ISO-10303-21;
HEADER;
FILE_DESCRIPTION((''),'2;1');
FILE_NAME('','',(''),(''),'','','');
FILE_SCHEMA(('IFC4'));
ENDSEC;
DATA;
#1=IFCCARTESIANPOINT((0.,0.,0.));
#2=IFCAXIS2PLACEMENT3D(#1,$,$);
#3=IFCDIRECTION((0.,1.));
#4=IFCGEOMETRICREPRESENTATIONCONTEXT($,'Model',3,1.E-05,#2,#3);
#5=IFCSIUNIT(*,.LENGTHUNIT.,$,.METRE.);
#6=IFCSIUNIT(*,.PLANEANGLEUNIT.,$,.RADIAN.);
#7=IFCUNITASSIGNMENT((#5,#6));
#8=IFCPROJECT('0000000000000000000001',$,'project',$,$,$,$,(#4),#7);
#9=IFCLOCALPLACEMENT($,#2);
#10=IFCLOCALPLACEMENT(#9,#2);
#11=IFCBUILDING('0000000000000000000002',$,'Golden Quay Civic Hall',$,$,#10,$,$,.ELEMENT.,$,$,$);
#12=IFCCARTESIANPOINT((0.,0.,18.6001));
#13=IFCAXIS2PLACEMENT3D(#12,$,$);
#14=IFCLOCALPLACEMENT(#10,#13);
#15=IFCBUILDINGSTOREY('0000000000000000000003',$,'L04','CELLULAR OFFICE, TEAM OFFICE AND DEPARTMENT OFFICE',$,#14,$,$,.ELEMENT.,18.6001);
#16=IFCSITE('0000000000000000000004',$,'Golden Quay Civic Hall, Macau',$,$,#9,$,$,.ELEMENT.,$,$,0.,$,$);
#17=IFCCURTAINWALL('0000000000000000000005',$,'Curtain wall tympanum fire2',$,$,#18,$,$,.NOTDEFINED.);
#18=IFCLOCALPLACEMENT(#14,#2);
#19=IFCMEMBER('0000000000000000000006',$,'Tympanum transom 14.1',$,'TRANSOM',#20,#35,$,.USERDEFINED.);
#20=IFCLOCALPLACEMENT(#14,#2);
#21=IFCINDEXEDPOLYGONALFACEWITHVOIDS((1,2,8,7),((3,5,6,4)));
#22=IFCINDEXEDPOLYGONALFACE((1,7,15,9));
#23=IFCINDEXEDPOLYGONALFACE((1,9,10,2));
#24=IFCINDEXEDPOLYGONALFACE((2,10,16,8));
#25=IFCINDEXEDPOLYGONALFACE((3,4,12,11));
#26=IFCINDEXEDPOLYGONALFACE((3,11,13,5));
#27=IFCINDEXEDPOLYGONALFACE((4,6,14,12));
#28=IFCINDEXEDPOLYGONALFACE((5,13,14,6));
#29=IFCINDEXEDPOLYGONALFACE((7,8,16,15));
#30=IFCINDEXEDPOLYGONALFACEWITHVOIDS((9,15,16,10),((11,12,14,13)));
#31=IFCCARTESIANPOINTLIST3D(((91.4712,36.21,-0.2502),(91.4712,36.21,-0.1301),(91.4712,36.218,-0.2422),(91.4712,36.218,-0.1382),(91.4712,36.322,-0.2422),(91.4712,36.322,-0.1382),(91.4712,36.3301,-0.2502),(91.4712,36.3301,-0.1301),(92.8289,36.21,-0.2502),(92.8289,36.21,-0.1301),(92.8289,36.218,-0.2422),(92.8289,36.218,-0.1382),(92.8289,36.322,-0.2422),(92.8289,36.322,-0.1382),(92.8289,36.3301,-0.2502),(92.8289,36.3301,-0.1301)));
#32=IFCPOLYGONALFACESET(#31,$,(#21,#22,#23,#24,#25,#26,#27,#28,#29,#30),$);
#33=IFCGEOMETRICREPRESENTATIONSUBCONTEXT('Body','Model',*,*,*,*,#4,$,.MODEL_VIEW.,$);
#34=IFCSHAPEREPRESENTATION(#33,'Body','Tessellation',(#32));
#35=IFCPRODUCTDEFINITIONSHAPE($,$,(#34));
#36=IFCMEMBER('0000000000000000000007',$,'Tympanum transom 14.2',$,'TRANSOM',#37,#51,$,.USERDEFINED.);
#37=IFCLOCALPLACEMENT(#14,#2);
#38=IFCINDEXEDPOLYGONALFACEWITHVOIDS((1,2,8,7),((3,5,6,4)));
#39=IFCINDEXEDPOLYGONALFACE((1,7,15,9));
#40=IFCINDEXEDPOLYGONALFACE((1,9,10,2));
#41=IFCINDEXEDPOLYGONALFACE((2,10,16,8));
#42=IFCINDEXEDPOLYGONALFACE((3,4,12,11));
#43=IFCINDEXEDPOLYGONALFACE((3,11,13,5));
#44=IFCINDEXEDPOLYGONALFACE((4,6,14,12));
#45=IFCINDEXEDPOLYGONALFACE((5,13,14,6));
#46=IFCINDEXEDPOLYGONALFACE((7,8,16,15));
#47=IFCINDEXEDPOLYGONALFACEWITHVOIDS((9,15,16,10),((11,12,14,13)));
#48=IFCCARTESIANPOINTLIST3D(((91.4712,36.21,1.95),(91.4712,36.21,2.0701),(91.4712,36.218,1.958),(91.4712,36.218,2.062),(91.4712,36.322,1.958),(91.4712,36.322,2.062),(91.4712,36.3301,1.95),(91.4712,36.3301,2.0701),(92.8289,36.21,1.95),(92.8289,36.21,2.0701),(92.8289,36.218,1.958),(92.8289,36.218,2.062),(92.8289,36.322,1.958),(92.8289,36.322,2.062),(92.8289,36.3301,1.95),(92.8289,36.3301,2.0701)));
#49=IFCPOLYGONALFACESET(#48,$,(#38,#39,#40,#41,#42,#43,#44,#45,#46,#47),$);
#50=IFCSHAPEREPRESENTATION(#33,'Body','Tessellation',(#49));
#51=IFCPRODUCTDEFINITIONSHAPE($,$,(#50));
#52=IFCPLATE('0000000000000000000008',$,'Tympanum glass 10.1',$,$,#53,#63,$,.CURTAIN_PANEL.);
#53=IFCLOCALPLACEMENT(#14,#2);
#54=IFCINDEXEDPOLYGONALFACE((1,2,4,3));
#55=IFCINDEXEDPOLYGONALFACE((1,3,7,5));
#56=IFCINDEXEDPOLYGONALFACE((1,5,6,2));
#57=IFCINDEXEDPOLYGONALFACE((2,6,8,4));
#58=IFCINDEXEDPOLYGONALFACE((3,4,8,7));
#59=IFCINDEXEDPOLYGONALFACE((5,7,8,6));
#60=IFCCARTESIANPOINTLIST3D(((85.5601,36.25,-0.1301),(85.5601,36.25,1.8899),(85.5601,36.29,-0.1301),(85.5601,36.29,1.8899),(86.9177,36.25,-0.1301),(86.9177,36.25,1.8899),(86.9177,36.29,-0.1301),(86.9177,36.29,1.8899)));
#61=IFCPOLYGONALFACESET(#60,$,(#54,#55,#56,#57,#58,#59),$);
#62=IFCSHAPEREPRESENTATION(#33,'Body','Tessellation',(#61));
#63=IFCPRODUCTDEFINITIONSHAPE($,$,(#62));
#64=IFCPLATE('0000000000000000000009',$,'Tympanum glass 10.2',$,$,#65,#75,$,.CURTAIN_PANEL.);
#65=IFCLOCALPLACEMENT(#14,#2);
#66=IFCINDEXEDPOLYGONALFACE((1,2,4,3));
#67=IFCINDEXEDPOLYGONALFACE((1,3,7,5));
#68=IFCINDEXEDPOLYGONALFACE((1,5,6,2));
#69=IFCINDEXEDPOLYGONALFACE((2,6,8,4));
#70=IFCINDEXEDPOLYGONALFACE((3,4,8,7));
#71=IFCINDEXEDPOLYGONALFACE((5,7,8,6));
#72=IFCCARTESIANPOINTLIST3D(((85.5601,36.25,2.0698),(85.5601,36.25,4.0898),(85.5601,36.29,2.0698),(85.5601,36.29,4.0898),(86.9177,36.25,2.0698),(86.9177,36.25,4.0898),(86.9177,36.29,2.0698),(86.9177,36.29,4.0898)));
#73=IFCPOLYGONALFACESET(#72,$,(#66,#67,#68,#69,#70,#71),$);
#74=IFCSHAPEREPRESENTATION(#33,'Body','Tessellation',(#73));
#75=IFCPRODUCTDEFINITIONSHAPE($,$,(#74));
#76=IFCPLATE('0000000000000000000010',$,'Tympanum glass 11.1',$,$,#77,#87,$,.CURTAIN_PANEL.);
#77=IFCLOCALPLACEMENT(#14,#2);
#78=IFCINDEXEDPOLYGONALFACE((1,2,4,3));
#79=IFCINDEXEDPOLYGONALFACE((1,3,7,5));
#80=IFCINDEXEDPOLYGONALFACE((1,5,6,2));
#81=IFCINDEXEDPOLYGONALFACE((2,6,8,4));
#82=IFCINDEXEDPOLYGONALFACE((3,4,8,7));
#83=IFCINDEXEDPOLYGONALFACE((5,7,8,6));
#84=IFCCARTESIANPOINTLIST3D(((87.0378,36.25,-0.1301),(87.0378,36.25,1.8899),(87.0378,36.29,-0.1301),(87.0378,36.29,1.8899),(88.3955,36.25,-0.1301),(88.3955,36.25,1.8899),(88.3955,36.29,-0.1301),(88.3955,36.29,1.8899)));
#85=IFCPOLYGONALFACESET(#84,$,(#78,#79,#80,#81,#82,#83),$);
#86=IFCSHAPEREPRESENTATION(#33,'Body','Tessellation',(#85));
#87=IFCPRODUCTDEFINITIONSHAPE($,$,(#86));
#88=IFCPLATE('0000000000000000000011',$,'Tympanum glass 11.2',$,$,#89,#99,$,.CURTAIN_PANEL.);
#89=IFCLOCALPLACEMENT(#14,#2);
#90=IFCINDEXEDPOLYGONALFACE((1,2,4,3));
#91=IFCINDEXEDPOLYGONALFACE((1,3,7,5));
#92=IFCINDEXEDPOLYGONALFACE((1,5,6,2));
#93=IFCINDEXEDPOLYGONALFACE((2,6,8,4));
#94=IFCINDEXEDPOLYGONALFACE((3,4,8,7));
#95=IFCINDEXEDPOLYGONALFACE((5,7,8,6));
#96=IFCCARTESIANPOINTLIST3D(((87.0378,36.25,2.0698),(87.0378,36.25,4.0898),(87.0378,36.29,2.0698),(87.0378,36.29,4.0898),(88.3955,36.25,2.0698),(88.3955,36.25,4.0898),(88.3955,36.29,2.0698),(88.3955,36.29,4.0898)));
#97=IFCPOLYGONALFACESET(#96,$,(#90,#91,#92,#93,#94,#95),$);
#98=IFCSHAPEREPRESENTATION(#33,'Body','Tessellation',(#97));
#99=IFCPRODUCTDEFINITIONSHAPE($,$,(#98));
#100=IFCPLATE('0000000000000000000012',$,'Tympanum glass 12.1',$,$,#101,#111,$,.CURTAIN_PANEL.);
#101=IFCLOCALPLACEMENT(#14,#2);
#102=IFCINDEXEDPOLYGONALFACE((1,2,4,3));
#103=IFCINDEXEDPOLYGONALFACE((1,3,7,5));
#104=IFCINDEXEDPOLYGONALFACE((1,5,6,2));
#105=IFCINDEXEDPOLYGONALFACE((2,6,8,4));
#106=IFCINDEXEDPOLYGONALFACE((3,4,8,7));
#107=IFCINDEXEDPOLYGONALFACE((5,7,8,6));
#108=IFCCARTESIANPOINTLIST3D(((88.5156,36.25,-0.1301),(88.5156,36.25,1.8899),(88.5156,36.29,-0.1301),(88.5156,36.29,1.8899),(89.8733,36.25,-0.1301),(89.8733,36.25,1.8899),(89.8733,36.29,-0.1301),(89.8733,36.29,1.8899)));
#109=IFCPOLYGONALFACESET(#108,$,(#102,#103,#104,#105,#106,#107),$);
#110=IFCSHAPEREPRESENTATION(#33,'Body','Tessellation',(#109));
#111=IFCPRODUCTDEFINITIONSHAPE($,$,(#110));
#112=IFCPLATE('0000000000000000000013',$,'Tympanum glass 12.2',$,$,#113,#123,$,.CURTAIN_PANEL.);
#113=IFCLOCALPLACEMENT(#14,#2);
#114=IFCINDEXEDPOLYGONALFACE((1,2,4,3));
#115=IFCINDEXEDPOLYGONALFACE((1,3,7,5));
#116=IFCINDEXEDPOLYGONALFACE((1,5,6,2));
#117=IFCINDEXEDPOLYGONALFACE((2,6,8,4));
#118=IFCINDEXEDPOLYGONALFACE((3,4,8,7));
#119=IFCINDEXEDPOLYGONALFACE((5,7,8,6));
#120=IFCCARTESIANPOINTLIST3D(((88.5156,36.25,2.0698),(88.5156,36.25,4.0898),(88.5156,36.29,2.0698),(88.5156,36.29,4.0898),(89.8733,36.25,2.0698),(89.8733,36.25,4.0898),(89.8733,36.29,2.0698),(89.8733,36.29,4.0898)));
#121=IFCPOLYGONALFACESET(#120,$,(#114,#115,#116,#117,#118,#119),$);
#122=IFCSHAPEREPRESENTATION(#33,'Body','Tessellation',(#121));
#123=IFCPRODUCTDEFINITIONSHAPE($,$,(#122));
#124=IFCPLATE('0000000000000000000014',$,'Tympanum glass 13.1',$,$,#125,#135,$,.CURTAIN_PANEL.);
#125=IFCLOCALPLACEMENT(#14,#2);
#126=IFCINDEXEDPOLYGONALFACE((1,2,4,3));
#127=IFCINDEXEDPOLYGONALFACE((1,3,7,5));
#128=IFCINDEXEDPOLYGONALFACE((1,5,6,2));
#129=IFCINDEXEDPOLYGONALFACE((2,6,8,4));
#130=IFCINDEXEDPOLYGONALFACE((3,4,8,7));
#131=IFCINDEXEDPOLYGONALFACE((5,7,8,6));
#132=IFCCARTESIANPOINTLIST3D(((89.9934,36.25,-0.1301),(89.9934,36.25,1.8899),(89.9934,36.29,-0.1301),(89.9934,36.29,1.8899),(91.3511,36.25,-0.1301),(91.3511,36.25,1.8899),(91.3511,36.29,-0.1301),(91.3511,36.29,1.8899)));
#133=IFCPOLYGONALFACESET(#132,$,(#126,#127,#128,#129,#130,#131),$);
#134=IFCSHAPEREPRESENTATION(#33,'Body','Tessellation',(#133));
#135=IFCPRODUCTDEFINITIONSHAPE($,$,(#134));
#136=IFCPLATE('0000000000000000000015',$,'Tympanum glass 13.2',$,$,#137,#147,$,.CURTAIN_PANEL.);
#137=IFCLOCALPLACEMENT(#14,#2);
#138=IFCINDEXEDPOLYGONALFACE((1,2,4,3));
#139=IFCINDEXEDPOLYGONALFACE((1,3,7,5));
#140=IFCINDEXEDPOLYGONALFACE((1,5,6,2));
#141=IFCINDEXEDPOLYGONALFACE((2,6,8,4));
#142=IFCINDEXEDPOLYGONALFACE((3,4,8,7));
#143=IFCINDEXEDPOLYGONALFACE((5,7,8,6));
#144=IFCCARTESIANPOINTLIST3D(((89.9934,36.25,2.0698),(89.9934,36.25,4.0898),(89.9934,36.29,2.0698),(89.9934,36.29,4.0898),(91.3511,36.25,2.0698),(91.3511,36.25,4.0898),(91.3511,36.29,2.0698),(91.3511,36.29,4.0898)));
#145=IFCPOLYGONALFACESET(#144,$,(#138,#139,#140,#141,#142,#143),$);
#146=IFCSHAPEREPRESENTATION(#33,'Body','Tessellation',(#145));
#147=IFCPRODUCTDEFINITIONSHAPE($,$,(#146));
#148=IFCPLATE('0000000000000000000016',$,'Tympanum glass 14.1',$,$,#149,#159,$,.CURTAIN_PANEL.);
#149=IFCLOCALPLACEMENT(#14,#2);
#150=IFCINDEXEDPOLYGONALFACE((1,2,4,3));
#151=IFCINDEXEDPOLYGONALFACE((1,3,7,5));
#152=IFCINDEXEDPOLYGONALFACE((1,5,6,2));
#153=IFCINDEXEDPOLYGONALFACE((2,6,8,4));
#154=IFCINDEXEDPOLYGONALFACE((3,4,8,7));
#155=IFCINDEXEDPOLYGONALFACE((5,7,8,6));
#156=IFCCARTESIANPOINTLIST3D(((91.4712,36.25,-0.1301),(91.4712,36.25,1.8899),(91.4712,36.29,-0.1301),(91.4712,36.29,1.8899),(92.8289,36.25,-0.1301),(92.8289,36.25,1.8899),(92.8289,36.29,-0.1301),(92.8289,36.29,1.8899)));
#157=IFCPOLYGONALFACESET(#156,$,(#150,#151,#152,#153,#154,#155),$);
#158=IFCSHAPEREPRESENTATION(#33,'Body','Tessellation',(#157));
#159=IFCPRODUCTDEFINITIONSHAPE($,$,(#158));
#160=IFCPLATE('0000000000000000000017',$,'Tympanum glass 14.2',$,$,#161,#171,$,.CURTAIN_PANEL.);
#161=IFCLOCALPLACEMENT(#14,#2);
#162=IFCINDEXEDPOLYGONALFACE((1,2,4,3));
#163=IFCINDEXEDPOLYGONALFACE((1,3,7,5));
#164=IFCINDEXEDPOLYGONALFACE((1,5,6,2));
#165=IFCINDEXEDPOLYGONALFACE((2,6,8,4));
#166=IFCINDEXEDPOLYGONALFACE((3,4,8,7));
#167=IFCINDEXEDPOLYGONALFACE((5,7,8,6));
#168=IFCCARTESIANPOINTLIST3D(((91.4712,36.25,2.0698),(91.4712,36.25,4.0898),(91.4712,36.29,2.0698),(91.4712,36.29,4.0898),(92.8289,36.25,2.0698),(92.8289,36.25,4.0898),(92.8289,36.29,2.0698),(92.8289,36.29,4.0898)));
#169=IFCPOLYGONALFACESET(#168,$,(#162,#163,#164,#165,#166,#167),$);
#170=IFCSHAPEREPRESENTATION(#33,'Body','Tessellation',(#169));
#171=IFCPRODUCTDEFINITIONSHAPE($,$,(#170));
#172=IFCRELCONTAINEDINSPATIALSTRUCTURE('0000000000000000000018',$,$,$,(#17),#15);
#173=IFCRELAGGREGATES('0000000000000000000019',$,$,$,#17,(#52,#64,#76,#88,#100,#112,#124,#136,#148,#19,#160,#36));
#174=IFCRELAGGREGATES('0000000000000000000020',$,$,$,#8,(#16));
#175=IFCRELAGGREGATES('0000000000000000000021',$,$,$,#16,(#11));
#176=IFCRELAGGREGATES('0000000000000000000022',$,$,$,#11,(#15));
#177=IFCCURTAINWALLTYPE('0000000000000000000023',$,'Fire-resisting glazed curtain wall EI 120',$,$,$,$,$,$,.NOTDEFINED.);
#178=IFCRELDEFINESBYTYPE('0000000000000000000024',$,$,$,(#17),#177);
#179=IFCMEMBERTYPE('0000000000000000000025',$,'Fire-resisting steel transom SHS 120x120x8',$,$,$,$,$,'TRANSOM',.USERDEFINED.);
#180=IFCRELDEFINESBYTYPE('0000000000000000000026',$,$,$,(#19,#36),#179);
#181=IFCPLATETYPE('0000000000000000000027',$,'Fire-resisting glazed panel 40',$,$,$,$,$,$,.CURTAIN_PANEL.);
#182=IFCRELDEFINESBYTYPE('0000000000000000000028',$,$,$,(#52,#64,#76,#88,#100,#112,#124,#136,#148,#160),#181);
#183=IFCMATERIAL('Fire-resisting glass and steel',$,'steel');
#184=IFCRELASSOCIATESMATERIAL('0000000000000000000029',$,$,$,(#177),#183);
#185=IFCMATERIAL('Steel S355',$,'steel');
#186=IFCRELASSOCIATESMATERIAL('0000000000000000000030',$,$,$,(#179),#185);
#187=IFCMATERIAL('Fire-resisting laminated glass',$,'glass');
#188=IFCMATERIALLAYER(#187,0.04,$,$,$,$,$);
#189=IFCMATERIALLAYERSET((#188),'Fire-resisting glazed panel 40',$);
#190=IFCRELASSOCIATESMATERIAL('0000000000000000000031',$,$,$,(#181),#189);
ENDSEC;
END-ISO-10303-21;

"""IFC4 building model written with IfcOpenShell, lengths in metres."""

from ifc_helpers import new_model, si_unit, direction, frame, origin, origin_2d, place, context, subcontext, project, spatial, polyline, hollow_rectangle, outline, extrude, material, layer, layer_set, material_profile, profile_set, type_object, element, aggregate, save


model = new_model("IFC4")

# Units and contexts
model_context = context("Model", 3, precision=1e-05, world=origin(), true_north=direction((0.0, 1.0)))
body_context = subcontext(model_context, "Body", "Model", "MODEL_VIEW")
ifc_project = project(units=[si_unit("LENGTHUNIT", "METRE"), si_unit("PLANEANGLEUNIT", "RADIAN")], contexts=[model_context])

# Site, building, storey
site_placement = place(None, origin())
site = spatial("IfcSite", under=ifc_project, at=site_placement, Name="Golden Quay Civic Hall, Macau", CompositionType="ELEMENT", RefElevation=0.0)
building_placement = place(site_placement, origin())
building = spatial("IfcBuilding", under=site, at=building_placement, Name="Golden Quay Civic Hall", CompositionType="ELEMENT")
storey_placement = place(building_placement, frame((0.0, 0.0, 18.6001)))
storey = spatial("IfcBuildingStorey", under=building, at=storey_placement, Name="L04", Description="CELLULAR OFFICE, TEAM OFFICE AND DEPARTMENT OFFICE", CompositionType="ELEMENT", Elevation=18.6001)

# Curtain wall, members, plates
ifc_material_1 = material(Name="Fire-resisting glass and steel", Category="steel")
curtain_wall_type = type_object("IfcCurtainWallType", Name="Fire-resisting glazed curtain wall EI 120", PredefinedType="NOTDEFINED", material=ifc_material_1)
curtain_wall_placement = place(storey_placement, origin())
curtain_wall = element("IfcCurtainWall", 1, at=curtain_wall_placement, inside=storey, type_object=curtain_wall_type, Name="Curtain wall tympanum fire2", PredefinedType="NOTDEFINED")
ifc_material_2 = material(Name="Steel S355", Category="steel")
ifc_material_profile_1 = material_profile(ifc_material_2, hollow_rectangle(XDim=0.1201, YDim=0.1201, WallThickness=0.0081, at=origin_2d()), Name="SHS 120x120x8")
ifc_profile_set_1 = profile_set([ifc_material_profile_1], Name="Steel S355")
member_type_1 = type_object("IfcMemberType", Name="Fire-resisting steel transom SHS 120x120x8", ElementType="TRANSOM", PredefinedType="USERDEFINED", material=ifc_profile_set_1)
member_1_placement = place(storey_placement, frame((91.4712, 36.27, -0.1902), z_axis=(1.0, 0.0, 0.0), x_axis=(0.0, 1.0, 0.0)))
member_1 = element("IfcMember", 2, at=member_1_placement, type_object=member_type_1, Name="Tympanum transom 14.1", ObjectType="TRANSOM", PredefinedType="USERDEFINED", context=body_context, shape_type="SweptSolid", body=[
    extrude(hollow_rectangle(XDim=0.1201, YDim=0.1201, WallThickness=0.0081, at=origin_2d()), origin(), (0.0, 0.0, 1.0), 1.3577),
])
member_2_placement = place(storey_placement, frame((91.4712, 36.27, 2.01), z_axis=(1.0, 0.0, 0.0), x_axis=(0.0, 1.0, 0.0)))
member_2 = element("IfcMember", 3, at=member_2_placement, type_object=member_type_1, Name="Tympanum transom 14.2", ObjectType="TRANSOM", PredefinedType="USERDEFINED", context=body_context, shape_type="SweptSolid", body=[
    extrude(hollow_rectangle(XDim=0.1201, YDim=0.1201, WallThickness=0.0081, at=origin_2d()), origin(), (0.0, 0.0, 1.0), 1.3577),
])
ifc_material_3 = material(Name="Fire-resisting laminated glass", Category="glass")
ifc_layer = layer(ifc_material_3, 0.04)
ifc_layer_set = layer_set([ifc_layer], Name="Fire-resisting glazed panel 40")
plate_type = type_object("IfcPlateType", Name="Fire-resisting glazed panel 40", PredefinedType="CURTAIN_PANEL", material=ifc_layer_set)
plate_1_placement = place(storey_placement, frame((86.9177, 36.29, -0.1301), z_axis=(0.0, 1.0, 0.0), x_axis=(-1.0, 0.0, 0.0)))
plate_1 = element("IfcPlate", 4, at=plate_1_placement, type_object=plate_type, Name="Tympanum glass 10.1", PredefinedType="CURTAIN_PANEL", context=body_context, shape_type="SweptSolid", body=[
    extrude(outline(polyline([(0.0, 0.0), (1.3577, 0.0), (1.3577, 2.02), (0.0, 2.02), (0.0, 0.0)])), origin(), (0.0, 0.0, -1.0), 0.04),
])
plate_2_placement = place(storey_placement, frame((86.9177, 36.29, 2.0698), z_axis=(0.0, 1.0, 0.0), x_axis=(-1.0, 0.0, 0.0)))
plate_2 = element("IfcPlate", 5, at=plate_2_placement, type_object=plate_type, Name="Tympanum glass 10.2", PredefinedType="CURTAIN_PANEL", context=body_context, shape_type="SweptSolid", body=[
    extrude(outline(polyline([(0.0, 0.0), (1.3577, 0.0), (1.3577, 2.02), (0.0, 2.02), (0.0, 0.0)])), origin(), (0.0, 0.0, -1.0), 0.04),
])
plate_3_placement = place(storey_placement, frame((88.3955, 36.29, -0.1301), z_axis=(0.0, 1.0, 0.0), x_axis=(-1.0, 0.0, 0.0)))
plate_3 = element("IfcPlate", 6, at=plate_3_placement, type_object=plate_type, Name="Tympanum glass 11.1", PredefinedType="CURTAIN_PANEL", context=body_context, shape_type="SweptSolid", body=[
    extrude(outline(polyline([(0.0, 0.0), (1.3577, 0.0), (1.3577, 2.02), (0.0, 2.02), (0.0, 0.0)])), origin(), (0.0, 0.0, -1.0), 0.04),
])
plate_4_placement = place(storey_placement, frame((88.3955, 36.29, 2.0698), z_axis=(0.0, 1.0, 0.0), x_axis=(-1.0, 0.0, 0.0)))
plate_4 = element("IfcPlate", 7, at=plate_4_placement, type_object=plate_type, Name="Tympanum glass 11.2", PredefinedType="CURTAIN_PANEL", context=body_context, shape_type="SweptSolid", body=[
    extrude(outline(polyline([(0.0, 0.0), (1.3577, 0.0), (1.3577, 2.02), (0.0, 2.02), (0.0, 0.0)])), origin(), (0.0, 0.0, -1.0), 0.04),
])
plate_5_placement = place(storey_placement, frame((89.8733, 36.29, -0.1301), z_axis=(0.0, 1.0, 0.0), x_axis=(-1.0, 0.0, 0.0)))
plate_5 = element("IfcPlate", 8, at=plate_5_placement, type_object=plate_type, Name="Tympanum glass 12.1", PredefinedType="CURTAIN_PANEL", context=body_context, shape_type="SweptSolid", body=[
    extrude(outline(polyline([(0.0, 0.0), (1.3577, 0.0), (1.3577, 2.02), (0.0, 2.02), (0.0, 0.0)])), origin(), (0.0, 0.0, -1.0), 0.04),
])
plate_6_placement = place(storey_placement, frame((89.8733, 36.29, 2.0698), z_axis=(0.0, 1.0, 0.0), x_axis=(-1.0, 0.0, 0.0)))
plate_6 = element("IfcPlate", 9, at=plate_6_placement, type_object=plate_type, Name="Tympanum glass 12.2", PredefinedType="CURTAIN_PANEL", context=body_context, shape_type="SweptSolid", body=[
    extrude(outline(polyline([(0.0, 0.0), (1.3577, 0.0), (1.3577, 2.02), (0.0, 2.02), (0.0, 0.0)])), origin(), (0.0, 0.0, -1.0), 0.04),
])
plate_7_placement = place(storey_placement, frame((91.3511, 36.29, -0.1301), z_axis=(0.0, 1.0, 0.0), x_axis=(-1.0, 0.0, 0.0)))
plate_7 = element("IfcPlate", 10, at=plate_7_placement, type_object=plate_type, Name="Tympanum glass 13.1", PredefinedType="CURTAIN_PANEL", context=body_context, shape_type="SweptSolid", body=[
    extrude(outline(polyline([(0.0, 0.0), (1.3577, 0.0), (1.3577, 2.02), (0.0, 2.02), (0.0, 0.0)])), origin(), (0.0, 0.0, -1.0), 0.04),
])
plate_8_placement = place(storey_placement, frame((91.3511, 36.29, 2.0698), z_axis=(0.0, 1.0, 0.0), x_axis=(-1.0, 0.0, 0.0)))
plate_8 = element("IfcPlate", 11, at=plate_8_placement, type_object=plate_type, Name="Tympanum glass 13.2", PredefinedType="CURTAIN_PANEL", context=body_context, shape_type="SweptSolid", body=[
    extrude(outline(polyline([(0.0, 0.0), (1.3577, 0.0), (1.3577, 2.02), (0.0, 2.02), (0.0, 0.0)])), origin(), (0.0, 0.0, -1.0), 0.04),
])
plate_9_placement = place(storey_placement, frame((92.8289, 36.29, -0.1301), z_axis=(0.0, 1.0, 0.0), x_axis=(-1.0, 0.0, 0.0)))
plate_9 = element("IfcPlate", 12, at=plate_9_placement, type_object=plate_type, Name="Tympanum glass 14.1", PredefinedType="CURTAIN_PANEL", context=body_context, shape_type="SweptSolid", body=[
    extrude(outline(polyline([(0.0, 0.0), (1.3577, 0.0), (1.3577, 2.02), (0.0, 2.02), (0.0, 0.0)])), origin(), (0.0, 0.0, -1.0), 0.04),
])
plate_10_placement = place(storey_placement, frame((92.8289, 36.29, 2.0698), z_axis=(0.0, 1.0, 0.0), x_axis=(-1.0, 0.0, 0.0)))
plate_10 = element("IfcPlate", 13, at=plate_10_placement, type_object=plate_type, Name="Tympanum glass 14.2", PredefinedType="CURTAIN_PANEL", context=body_context, shape_type="SweptSolid", body=[
    extrude(outline(polyline([(0.0, 0.0), (1.3577, 0.0), (1.3577, 2.02), (0.0, 2.02), (0.0, 0.0)])), origin(), (0.0, 0.0, -1.0), 0.04),
])
aggregate(curtain_wall, [plate_1, plate_2, plate_3, plate_4, plate_5, plate_6, plate_7, plate_8, plate_9, member_1, plate_10, member_2])

save(model, "model.ifc")
